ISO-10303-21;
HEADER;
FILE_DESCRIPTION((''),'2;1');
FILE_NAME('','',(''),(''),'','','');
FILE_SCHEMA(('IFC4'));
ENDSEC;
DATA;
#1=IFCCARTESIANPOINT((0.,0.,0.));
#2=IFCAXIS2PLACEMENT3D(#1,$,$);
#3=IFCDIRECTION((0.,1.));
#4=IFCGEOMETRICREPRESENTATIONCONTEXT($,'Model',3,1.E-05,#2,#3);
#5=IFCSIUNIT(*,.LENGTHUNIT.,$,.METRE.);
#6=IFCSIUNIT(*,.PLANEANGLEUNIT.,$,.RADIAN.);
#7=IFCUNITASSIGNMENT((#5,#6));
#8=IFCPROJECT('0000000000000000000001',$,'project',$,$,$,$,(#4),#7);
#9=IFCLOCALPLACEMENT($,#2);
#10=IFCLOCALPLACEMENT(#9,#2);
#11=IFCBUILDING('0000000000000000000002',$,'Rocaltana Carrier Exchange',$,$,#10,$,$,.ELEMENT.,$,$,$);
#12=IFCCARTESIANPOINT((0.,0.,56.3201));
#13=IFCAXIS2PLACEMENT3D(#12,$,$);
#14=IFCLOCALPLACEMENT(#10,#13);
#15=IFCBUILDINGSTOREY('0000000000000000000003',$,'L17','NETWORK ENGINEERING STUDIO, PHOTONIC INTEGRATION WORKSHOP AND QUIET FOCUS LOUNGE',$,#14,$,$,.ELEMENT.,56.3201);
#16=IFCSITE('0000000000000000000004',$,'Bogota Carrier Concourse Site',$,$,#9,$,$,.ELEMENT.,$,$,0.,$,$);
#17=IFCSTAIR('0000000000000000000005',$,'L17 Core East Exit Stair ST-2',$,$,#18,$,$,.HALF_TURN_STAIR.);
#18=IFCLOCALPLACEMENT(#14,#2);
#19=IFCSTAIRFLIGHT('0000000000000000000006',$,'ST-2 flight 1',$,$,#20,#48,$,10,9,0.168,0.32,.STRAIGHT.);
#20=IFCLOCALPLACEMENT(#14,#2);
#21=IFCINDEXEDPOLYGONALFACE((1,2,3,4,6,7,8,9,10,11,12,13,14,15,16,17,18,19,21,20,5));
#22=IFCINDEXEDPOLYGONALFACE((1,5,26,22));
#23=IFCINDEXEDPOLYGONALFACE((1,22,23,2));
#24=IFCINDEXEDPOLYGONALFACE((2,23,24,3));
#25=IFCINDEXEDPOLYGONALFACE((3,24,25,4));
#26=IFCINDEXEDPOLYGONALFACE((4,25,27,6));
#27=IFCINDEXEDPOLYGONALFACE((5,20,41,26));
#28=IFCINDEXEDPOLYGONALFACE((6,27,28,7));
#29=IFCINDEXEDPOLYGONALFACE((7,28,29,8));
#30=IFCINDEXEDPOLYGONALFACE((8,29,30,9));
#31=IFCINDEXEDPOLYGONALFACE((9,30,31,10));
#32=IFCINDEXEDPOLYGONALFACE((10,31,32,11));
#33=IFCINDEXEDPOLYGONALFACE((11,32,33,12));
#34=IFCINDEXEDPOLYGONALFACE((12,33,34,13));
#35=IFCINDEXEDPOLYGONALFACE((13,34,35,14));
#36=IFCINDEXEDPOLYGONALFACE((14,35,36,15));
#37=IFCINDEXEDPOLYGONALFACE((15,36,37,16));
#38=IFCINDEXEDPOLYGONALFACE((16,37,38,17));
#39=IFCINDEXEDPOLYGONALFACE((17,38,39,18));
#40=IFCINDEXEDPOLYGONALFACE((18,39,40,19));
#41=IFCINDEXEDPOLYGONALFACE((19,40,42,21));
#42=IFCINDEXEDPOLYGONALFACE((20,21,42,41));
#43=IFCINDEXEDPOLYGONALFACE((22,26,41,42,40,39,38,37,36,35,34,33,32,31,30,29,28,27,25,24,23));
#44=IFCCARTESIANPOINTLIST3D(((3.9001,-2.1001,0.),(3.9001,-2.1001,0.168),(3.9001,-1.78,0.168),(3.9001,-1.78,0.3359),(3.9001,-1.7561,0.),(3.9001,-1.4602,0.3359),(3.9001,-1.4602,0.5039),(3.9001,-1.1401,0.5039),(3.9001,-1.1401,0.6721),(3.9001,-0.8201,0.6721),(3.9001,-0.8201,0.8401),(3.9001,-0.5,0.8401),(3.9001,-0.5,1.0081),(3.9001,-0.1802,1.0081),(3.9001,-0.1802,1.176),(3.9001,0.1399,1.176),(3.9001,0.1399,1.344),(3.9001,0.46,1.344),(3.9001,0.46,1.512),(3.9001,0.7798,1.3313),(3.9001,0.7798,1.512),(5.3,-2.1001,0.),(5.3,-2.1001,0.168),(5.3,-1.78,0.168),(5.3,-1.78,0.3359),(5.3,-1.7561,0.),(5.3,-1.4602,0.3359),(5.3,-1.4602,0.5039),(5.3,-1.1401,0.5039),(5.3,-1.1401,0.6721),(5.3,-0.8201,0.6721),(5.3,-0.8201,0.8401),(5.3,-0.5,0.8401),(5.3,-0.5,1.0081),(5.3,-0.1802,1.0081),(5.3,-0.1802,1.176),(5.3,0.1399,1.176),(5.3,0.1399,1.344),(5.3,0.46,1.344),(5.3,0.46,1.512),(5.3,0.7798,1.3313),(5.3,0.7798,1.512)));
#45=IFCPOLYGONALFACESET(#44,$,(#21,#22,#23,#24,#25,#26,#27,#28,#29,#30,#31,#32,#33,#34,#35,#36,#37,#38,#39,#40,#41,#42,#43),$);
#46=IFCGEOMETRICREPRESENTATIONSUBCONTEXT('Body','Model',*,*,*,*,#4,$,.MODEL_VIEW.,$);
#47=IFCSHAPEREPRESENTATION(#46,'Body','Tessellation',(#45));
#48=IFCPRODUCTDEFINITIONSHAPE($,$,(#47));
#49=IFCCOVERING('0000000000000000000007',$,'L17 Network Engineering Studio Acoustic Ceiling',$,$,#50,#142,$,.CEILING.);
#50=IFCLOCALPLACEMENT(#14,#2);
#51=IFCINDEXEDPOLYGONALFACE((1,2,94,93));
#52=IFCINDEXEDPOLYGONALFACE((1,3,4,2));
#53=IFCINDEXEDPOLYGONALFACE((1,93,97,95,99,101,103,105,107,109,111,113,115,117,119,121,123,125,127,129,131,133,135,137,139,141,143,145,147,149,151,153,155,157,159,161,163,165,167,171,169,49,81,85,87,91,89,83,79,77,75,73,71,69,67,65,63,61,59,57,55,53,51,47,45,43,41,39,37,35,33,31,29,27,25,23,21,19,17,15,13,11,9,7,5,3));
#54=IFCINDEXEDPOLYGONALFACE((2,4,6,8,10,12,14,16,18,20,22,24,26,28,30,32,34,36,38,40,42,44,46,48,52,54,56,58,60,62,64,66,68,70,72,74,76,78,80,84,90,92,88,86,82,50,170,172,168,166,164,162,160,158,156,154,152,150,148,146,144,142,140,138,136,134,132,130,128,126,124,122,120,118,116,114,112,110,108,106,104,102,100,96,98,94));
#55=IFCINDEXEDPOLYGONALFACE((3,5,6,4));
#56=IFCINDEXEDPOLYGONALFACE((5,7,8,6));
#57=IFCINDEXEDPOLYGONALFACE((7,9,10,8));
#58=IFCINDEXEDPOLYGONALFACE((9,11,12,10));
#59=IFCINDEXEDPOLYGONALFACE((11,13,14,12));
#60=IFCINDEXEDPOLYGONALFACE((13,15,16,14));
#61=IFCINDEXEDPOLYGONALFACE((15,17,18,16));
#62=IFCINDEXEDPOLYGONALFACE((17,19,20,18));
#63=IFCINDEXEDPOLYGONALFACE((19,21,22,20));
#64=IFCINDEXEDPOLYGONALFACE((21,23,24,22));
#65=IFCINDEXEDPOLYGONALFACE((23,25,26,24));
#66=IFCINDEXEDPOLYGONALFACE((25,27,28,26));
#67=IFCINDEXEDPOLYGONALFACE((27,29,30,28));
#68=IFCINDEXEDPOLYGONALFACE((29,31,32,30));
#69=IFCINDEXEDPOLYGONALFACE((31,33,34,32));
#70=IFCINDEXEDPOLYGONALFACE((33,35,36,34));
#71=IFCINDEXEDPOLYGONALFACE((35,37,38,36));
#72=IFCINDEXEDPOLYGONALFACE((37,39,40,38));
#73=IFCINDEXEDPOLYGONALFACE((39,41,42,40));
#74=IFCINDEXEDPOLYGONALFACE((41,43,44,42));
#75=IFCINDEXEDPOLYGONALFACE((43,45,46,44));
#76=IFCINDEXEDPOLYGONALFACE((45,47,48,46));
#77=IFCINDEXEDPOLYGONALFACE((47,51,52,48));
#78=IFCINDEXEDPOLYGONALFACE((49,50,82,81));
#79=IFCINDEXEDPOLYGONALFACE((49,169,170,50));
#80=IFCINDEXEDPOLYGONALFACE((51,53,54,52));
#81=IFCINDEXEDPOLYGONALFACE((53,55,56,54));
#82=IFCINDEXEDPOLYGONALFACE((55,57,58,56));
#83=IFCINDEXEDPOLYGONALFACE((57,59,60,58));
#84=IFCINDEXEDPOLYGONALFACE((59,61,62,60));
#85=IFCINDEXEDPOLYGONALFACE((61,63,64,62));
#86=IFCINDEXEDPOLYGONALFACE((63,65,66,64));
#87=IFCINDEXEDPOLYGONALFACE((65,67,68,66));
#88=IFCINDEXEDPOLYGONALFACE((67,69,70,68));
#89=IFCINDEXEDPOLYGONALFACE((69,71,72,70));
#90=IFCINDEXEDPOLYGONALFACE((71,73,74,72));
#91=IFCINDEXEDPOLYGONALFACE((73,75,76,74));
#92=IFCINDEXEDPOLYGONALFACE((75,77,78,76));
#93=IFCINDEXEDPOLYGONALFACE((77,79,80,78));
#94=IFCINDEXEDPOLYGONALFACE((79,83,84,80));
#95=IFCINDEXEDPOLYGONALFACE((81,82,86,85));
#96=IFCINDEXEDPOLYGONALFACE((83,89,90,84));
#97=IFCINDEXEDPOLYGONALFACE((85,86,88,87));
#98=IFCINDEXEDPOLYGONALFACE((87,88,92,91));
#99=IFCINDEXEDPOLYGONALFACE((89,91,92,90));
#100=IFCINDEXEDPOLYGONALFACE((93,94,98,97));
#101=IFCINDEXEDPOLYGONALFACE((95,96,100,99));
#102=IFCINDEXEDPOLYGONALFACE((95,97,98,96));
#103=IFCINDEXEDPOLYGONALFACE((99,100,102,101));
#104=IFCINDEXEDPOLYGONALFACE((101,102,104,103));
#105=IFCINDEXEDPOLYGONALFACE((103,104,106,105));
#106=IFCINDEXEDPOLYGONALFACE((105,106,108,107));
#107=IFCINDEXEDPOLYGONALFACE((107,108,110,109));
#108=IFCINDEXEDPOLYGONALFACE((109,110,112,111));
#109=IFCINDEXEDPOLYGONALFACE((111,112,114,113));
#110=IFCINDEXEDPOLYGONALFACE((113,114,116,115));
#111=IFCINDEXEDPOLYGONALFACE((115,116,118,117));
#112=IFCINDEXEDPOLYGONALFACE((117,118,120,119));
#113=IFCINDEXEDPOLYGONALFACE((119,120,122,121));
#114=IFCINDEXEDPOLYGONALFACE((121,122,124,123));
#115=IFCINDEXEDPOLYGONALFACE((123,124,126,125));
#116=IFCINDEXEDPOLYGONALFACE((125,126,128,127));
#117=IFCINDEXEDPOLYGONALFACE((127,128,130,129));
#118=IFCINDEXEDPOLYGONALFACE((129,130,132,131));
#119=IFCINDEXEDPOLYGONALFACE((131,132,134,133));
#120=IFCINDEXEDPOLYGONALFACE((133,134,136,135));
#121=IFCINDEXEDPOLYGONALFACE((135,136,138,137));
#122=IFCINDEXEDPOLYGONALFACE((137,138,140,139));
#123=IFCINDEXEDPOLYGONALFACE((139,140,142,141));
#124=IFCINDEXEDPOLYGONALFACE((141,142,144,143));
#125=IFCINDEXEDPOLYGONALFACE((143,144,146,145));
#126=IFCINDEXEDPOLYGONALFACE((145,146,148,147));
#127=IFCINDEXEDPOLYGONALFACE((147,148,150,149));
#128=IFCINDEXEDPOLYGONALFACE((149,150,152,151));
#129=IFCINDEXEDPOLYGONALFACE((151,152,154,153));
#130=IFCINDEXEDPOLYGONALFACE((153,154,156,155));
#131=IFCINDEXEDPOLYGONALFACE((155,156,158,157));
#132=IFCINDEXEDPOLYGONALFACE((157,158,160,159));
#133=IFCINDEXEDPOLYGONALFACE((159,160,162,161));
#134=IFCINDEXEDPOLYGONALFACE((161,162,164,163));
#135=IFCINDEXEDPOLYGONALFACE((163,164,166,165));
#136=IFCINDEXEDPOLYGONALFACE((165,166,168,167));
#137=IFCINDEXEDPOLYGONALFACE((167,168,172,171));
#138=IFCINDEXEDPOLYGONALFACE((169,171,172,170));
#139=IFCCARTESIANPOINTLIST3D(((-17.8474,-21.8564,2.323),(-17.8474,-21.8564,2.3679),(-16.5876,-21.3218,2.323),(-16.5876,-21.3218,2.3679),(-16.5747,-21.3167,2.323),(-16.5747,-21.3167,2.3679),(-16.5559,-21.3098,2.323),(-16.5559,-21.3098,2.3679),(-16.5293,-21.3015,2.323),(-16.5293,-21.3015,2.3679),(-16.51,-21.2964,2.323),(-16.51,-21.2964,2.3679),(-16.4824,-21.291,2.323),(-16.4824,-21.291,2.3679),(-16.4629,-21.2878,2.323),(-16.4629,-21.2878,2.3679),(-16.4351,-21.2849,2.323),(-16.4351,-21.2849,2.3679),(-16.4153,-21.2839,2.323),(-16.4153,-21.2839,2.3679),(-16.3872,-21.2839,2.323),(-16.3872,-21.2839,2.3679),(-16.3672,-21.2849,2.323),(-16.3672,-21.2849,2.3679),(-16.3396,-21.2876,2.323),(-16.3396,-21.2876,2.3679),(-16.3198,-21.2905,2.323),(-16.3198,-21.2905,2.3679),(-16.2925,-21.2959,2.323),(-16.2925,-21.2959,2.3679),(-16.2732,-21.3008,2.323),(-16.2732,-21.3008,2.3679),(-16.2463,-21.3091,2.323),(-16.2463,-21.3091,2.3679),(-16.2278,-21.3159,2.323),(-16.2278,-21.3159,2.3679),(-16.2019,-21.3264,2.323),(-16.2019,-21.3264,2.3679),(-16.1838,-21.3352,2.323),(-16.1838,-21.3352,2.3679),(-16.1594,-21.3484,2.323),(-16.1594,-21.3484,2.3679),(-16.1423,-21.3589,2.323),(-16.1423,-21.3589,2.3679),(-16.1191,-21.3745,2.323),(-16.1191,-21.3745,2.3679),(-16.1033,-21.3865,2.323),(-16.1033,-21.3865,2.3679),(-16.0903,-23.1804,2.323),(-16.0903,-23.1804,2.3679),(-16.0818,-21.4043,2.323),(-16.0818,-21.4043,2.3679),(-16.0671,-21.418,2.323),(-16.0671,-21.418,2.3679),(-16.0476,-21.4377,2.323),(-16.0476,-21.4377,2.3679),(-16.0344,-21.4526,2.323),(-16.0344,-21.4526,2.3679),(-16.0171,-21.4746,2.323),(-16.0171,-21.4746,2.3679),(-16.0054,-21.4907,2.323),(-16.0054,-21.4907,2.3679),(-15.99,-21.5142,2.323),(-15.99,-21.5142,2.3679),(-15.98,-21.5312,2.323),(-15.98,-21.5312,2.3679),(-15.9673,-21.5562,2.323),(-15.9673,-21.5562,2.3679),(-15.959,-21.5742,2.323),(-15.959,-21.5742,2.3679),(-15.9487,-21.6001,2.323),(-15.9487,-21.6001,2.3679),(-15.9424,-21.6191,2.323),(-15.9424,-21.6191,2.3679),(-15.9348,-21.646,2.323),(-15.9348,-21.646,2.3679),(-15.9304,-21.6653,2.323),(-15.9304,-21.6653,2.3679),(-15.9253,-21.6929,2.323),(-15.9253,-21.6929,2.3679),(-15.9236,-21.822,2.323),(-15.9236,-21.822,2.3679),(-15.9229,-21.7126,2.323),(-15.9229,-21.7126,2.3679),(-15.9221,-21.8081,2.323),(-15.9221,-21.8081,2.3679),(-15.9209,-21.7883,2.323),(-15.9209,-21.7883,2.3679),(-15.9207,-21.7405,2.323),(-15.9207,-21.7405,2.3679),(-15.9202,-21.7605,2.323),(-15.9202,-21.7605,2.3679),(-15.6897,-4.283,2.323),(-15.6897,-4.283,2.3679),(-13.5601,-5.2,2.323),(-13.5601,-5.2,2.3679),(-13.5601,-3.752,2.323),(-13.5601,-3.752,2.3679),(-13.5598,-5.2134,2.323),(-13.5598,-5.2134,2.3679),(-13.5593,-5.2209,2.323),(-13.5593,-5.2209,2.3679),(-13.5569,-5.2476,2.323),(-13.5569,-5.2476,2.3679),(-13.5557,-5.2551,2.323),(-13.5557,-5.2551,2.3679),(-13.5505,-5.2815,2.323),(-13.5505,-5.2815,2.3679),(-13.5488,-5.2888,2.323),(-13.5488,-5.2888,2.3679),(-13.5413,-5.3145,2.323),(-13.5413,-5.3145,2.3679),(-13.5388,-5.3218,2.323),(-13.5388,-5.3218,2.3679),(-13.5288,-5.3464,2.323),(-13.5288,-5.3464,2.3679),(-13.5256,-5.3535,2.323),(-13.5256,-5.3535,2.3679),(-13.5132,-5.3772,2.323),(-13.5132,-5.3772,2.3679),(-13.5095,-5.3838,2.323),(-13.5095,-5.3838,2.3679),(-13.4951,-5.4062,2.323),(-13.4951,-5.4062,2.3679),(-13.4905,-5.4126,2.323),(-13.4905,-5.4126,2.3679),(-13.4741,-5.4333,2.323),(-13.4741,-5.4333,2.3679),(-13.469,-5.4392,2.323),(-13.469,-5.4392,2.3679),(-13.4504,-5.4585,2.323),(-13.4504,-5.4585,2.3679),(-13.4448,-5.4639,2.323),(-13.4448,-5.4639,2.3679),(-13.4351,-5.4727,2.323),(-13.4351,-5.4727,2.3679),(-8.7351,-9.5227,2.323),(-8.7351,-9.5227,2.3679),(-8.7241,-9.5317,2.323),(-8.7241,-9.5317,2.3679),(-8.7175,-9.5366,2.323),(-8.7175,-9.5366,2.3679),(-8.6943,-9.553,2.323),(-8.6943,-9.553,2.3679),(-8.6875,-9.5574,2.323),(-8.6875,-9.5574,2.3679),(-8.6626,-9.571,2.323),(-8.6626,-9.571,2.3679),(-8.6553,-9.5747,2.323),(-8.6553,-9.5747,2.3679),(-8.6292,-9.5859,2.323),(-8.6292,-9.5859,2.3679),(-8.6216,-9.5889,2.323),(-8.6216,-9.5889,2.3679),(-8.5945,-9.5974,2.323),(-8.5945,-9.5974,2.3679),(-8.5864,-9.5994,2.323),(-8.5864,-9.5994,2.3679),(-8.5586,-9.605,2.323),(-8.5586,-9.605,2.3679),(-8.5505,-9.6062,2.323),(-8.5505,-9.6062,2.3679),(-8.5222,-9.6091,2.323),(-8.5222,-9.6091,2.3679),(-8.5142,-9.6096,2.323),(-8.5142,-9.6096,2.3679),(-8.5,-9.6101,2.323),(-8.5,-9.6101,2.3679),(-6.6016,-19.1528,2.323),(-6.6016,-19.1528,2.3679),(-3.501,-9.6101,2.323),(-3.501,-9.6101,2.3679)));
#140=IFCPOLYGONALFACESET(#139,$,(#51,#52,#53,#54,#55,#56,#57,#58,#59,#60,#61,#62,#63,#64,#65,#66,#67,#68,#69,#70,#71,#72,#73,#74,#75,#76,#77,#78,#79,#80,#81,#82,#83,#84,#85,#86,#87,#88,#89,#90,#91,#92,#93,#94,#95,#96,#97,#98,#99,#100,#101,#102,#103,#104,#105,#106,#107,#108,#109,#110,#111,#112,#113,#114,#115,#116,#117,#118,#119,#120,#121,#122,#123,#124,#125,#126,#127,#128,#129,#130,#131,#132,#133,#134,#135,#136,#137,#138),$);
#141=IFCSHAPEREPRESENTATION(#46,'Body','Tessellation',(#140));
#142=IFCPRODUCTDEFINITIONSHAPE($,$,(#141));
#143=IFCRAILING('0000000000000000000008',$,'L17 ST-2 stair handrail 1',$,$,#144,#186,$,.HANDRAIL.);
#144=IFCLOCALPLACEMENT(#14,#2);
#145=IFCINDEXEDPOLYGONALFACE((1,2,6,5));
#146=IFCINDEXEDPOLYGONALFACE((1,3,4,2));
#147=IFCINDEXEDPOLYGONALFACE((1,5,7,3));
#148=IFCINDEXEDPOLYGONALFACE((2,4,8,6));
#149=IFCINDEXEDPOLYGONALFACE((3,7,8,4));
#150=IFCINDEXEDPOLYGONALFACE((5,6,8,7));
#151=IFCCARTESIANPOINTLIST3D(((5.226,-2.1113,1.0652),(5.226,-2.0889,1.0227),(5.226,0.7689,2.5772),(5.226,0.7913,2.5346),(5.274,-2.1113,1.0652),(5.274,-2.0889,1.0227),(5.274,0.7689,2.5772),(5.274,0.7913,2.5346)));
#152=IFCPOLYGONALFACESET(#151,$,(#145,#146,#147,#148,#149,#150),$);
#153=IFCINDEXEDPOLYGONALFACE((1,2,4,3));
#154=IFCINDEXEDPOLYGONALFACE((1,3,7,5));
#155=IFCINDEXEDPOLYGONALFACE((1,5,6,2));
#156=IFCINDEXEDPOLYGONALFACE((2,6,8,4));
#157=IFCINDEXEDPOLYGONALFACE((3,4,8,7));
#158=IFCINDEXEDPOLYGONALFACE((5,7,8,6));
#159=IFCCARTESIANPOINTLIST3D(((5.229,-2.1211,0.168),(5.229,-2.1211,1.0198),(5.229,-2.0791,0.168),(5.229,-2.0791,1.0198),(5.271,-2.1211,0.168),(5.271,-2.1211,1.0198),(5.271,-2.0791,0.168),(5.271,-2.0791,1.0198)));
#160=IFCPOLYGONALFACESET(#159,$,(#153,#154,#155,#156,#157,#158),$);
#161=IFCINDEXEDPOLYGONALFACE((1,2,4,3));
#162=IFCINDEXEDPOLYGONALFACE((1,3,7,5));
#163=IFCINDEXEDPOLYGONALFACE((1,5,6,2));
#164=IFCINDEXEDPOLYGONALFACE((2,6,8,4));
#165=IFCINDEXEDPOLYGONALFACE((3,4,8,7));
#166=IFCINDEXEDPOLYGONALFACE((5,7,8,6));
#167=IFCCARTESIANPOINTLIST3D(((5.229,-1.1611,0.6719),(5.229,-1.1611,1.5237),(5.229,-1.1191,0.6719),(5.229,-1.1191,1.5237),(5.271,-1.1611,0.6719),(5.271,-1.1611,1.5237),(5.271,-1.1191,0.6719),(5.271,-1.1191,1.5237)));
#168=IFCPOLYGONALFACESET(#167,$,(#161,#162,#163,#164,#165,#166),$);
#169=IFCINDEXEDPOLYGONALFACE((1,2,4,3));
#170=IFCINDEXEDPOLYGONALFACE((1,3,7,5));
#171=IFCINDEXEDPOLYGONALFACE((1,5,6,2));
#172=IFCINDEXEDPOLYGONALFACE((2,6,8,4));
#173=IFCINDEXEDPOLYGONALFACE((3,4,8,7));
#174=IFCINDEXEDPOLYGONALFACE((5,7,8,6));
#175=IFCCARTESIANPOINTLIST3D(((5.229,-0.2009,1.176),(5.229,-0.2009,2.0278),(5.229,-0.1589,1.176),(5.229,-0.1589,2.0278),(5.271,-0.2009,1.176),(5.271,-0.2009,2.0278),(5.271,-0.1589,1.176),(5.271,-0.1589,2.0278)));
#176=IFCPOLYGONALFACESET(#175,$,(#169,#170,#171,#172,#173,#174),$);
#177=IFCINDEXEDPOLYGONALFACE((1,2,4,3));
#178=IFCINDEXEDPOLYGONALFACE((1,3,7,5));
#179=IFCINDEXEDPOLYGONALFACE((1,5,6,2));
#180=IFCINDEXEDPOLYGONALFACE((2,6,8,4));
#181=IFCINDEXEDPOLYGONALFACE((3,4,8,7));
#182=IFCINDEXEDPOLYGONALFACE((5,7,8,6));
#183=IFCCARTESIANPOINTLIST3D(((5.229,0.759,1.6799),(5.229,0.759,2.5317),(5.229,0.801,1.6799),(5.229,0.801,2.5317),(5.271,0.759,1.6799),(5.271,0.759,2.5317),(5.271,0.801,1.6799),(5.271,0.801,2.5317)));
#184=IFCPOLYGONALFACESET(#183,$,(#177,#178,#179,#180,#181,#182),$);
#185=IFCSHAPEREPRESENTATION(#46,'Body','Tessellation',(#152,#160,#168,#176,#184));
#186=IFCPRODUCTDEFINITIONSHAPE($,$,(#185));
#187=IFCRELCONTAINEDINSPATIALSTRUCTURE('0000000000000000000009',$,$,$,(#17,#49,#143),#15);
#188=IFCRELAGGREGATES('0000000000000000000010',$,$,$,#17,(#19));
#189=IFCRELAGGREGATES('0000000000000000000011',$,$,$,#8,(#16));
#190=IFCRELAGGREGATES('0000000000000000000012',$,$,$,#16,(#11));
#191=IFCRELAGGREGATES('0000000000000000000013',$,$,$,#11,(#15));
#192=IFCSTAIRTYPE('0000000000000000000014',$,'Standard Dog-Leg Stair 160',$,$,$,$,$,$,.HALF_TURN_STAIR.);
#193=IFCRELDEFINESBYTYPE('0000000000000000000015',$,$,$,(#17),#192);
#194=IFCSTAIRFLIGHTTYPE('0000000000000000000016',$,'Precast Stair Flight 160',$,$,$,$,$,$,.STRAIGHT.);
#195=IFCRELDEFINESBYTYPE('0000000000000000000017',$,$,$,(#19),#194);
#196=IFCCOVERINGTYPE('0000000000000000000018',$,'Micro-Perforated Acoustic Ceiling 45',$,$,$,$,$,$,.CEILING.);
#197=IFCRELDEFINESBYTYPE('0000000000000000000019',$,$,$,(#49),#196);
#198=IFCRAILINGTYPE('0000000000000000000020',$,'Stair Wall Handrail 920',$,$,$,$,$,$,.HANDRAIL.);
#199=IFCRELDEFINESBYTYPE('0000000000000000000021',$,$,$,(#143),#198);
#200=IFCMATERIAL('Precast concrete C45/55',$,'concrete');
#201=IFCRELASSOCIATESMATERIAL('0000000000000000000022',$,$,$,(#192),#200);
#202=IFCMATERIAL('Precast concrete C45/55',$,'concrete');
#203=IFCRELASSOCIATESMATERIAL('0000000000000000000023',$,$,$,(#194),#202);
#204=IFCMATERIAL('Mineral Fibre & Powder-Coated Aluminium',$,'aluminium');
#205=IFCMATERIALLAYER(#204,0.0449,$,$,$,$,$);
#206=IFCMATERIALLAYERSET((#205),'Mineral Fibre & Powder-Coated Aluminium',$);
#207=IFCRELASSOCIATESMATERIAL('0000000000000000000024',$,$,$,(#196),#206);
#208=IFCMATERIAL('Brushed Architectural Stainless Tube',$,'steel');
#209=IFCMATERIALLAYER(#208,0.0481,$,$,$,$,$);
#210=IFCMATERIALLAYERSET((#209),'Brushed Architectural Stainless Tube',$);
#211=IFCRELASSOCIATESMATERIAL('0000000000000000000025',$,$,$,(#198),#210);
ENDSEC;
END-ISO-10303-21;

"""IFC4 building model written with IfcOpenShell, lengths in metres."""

from ifc_helpers import new_model, si_unit, direction, frame, origin, origin_2d, place, context, subcontext, project, spatial, polyline, rectangle, outline, extrude, material, layer, layer_set, type_object, element, aggregate, save


model = new_model("IFC4")

# Units and contexts
model_context = context("Model", 3, precision=1e-05, world=origin(), true_north=direction((0.0, 1.0)))
body_context = subcontext(model_context, "Body", "Model", "MODEL_VIEW")
ifc_project = project(units=[si_unit("LENGTHUNIT", "METRE"), si_unit("PLANEANGLEUNIT", "RADIAN")], contexts=[model_context])

# Site, building, storey
site_placement = place(None, origin())
site = spatial("IfcSite", under=ifc_project, at=site_placement, Name="Bogota Carrier Concourse Site", CompositionType="ELEMENT", RefElevation=0.0)
building_placement = place(site_placement, origin())
building = spatial("IfcBuilding", under=site, at=building_placement, Name="Rocaltana Carrier Exchange", CompositionType="ELEMENT")
storey_placement = place(building_placement, frame((0.0, 0.0, 56.3201)))
storey = spatial("IfcBuildingStorey", under=building, at=storey_placement, Name="L17", Description="NETWORK ENGINEERING STUDIO, PHOTONIC INTEGRATION WORKSHOP AND QUIET FOCUS LOUNGE", CompositionType="ELEMENT", Elevation=56.3201)

# Stair
ifc_material_1 = material(Name="Precast concrete C45/55", Category="concrete")
stair_type = type_object("IfcStairType", Name="Standard Dog-Leg Stair 160", PredefinedType="HALF_TURN_STAIR", material=ifc_material_1)
stair_1_placement = place(storey_placement, origin())
stair_1 = element("IfcStair", 1, at=stair_1_placement, inside=storey, type_object=stair_type, Name="L17 Core East Exit Stair ST-2", PredefinedType="HALF_TURN_STAIR")

# Stair flight
ifc_material_2 = material(Name="Precast concrete C45/55", Category="concrete")
stair_flight_type = type_object("IfcStairFlightType", Name="Precast Stair Flight 160", PredefinedType="STRAIGHT", material=ifc_material_2)
stair_flight_placement = place(storey_placement, frame((4.6001, -2.1001, 0.0), z_axis=(0.0, 0.0, 1.0), x_axis=(0.0, 1.0, 0.0)))
stair_flight = element("IfcStairFlight", 2, at=stair_flight_placement, type_object=stair_flight_type, Name="ST-2 flight 1", NumberOfRisers=10, NumberOfTreads=9, PredefinedType="STRAIGHT", RiserHeight=0.168, TreadLength=0.32, context=body_context, shape_type="SweptSolid", body=[
    extrude(outline(polyline([(0.0, 0.0), (0.0, 0.168), (0.3201, 0.168), (0.3201, 0.3359), (0.6399, 0.3359), (0.6399, 0.5039), (0.96, 0.5039), (0.96, 0.6721), (1.28, 0.6721), (1.28, 0.8401), (1.6001, 0.8401), (1.6001, 1.0081), (1.9199, 1.0081), (1.9199, 1.176), (2.24, 1.176), (2.24, 1.344), (2.5601, 1.344), (2.5601, 1.512), (2.8799, 1.512), (2.8799, 1.6799), (2.8799, 1.3313), (0.344, 0.0), (0.0, 0.0)])), frame((0.0, 0.7, 0.0), z_axis=(0.0, -1.0, 0.0), x_axis=(1.0, 0.0, 0.0)), (0.0, 0.0, 1.0), 1.3999),
])
aggregate(stair_1, [stair_flight])

# Covering
ifc_material_3 = material(Name="Mineral Fibre & Powder-Coated Aluminium", Category="aluminium")
ifc_layer_1 = layer(ifc_material_3, 0.0449)
ifc_layer_set_1 = layer_set([ifc_layer_1], Name="Mineral Fibre & Powder-Coated Aluminium")
covering_type = type_object("IfcCoveringType", Name="Micro-Perforated Acoustic Ceiling 45", PredefinedType="CEILING", material=ifc_layer_set_1)
covering_placement = place(storey_placement, frame((0.0, 0.0, 2.323)))
element("IfcCovering", 3, at=covering_placement, inside=storey, type_object=covering_type, Name="L17 Network Engineering Studio Acoustic Ceiling", PredefinedType="CEILING", context=body_context, shape_type="SweptSolid", body=[
    extrude(outline(polyline([(-15.9236, -21.822), (-15.9221, -21.8081), (-15.9209, -21.7883), (-15.9202, -21.7605), (-15.9207, -21.7405), (-15.9229, -21.7126), (-15.9253, -21.6929), (-15.9304, -21.6653), (-15.9348, -21.646), (-15.9424, -21.6191), (-15.9487, -21.6001), (-15.959, -21.5742), (-15.9673, -21.5562), (-15.98, -21.5312), (-15.99, -21.5142), (-16.0054, -21.4907), (-16.0171, -21.4746), (-16.0344, -21.4526), (-16.0476, -21.4377), (-16.0671, -21.418), (-16.0818, -21.4043), (-16.1033, -21.3865), (-16.1191, -21.3745), (-16.1423, -21.3589), (-16.1594, -21.3484), (-16.1838, -21.3352), (-16.2019, -21.3264), (-16.2278, -21.3159), (-16.2463, -21.3091), (-16.2732, -21.3008), (-16.2925, -21.2959), (-16.3198, -21.2905), (-16.3396, -21.2876), (-16.3672, -21.2849), (-16.3872, -21.2839), (-16.4153, -21.2839), (-16.4351, -21.2849), (-16.4629, -21.2878), (-16.4824, -21.291), (-16.51, -21.2964), (-16.5293, -21.3015), (-16.5559, -21.3098), (-16.5747, -21.3167), (-16.5876, -21.3218), (-17.8474, -21.8564), (-15.6897, -4.283), (-13.5601, -3.752), (-13.5601, -5.2), (-13.5598, -5.2134), (-13.5593, -5.2209), (-13.5569, -5.2476), (-13.5557, -5.2551), (-13.5505, -5.2815), (-13.5488, -5.2888), (-13.5413, -5.3145), (-13.5388, -5.3218), (-13.5288, -5.3464), (-13.5256, -5.3535), (-13.5132, -5.3772), (-13.5095, -5.3838), (-13.4951, -5.4062), (-13.4905, -5.4126), (-13.4741, -5.4333), (-13.469, -5.4392), (-13.4504, -5.4585), (-13.4448, -5.4639), (-13.4351, -5.4727), (-8.7351, -9.5227), (-8.7241, -9.5317), (-8.7175, -9.5366), (-8.6943, -9.553), (-8.6875, -9.5574), (-8.6626, -9.571), (-8.6553, -9.5747), (-8.6292, -9.5859), (-8.6216, -9.5889), (-8.5945, -9.5974), (-8.5864, -9.5994), (-8.5586, -9.605), (-8.5505, -9.6062), (-8.5222, -9.6091), (-8.5142, -9.6096), (-8.5, -9.6101), (-3.501, -9.6101), (-6.6016, -19.1528), (-16.0903, -23.1804), (-15.9236, -21.822)])), origin(), (0.0, 0.0, 1.0), 0.0449),
])

# Railing
ifc_material_4 = material(Name="Brushed Architectural Stainless Tube", Category="steel")
ifc_layer_2 = layer(ifc_material_4, 0.0481)
ifc_layer_set_2 = layer_set([ifc_layer_2], Name="Brushed Architectural Stainless Tube")
railing_type_1 = type_object("IfcRailingType", Name="Stair Wall Handrail 920", PredefinedType="HANDRAIL", material=ifc_layer_set_2)
railing_1_placement = place(storey_placement, frame((5.25, -2.1001, 0.168)))
element("IfcRailing", 4, at=railing_1_placement, inside=storey, type_object=railing_type_1, Name="L17 ST-2 stair handrail 1", PredefinedType="HANDRAIL", context=body_context, shape_type="SweptSolid", body=[
    extrude(rectangle(XDim=0.0481, YDim=0.0481, at=origin_2d()), frame((0.0, 0.0, 0.876), z_axis=(0.0, 0.885411, 0.464809), x_axis=(-1.0, 0.0, 0.0)), (0.0, 0.0, 1.0), 3.2529),
    extrude(rectangle(XDim=0.042, YDim=0.042, at=origin_2d()), origin(), (0.0, 0.0, 1.0), 0.8518),
    extrude(rectangle(XDim=0.042, YDim=0.042, at=origin_2d()), frame((0.0, 0.96, 0.5039)), (0.0, 0.0, 1.0), 0.8518),
    extrude(rectangle(XDim=0.042, YDim=0.042, at=origin_2d()), frame((0.0, 1.9202, 1.0081)), (0.0, 0.0, 1.0), 0.8518),
    extrude(rectangle(XDim=0.042, YDim=0.042, at=origin_2d()), frame((0.0, 2.8801, 1.512)), (0.0, 0.0, 1.0), 0.8518),
])

save(model, "model.ifc")
